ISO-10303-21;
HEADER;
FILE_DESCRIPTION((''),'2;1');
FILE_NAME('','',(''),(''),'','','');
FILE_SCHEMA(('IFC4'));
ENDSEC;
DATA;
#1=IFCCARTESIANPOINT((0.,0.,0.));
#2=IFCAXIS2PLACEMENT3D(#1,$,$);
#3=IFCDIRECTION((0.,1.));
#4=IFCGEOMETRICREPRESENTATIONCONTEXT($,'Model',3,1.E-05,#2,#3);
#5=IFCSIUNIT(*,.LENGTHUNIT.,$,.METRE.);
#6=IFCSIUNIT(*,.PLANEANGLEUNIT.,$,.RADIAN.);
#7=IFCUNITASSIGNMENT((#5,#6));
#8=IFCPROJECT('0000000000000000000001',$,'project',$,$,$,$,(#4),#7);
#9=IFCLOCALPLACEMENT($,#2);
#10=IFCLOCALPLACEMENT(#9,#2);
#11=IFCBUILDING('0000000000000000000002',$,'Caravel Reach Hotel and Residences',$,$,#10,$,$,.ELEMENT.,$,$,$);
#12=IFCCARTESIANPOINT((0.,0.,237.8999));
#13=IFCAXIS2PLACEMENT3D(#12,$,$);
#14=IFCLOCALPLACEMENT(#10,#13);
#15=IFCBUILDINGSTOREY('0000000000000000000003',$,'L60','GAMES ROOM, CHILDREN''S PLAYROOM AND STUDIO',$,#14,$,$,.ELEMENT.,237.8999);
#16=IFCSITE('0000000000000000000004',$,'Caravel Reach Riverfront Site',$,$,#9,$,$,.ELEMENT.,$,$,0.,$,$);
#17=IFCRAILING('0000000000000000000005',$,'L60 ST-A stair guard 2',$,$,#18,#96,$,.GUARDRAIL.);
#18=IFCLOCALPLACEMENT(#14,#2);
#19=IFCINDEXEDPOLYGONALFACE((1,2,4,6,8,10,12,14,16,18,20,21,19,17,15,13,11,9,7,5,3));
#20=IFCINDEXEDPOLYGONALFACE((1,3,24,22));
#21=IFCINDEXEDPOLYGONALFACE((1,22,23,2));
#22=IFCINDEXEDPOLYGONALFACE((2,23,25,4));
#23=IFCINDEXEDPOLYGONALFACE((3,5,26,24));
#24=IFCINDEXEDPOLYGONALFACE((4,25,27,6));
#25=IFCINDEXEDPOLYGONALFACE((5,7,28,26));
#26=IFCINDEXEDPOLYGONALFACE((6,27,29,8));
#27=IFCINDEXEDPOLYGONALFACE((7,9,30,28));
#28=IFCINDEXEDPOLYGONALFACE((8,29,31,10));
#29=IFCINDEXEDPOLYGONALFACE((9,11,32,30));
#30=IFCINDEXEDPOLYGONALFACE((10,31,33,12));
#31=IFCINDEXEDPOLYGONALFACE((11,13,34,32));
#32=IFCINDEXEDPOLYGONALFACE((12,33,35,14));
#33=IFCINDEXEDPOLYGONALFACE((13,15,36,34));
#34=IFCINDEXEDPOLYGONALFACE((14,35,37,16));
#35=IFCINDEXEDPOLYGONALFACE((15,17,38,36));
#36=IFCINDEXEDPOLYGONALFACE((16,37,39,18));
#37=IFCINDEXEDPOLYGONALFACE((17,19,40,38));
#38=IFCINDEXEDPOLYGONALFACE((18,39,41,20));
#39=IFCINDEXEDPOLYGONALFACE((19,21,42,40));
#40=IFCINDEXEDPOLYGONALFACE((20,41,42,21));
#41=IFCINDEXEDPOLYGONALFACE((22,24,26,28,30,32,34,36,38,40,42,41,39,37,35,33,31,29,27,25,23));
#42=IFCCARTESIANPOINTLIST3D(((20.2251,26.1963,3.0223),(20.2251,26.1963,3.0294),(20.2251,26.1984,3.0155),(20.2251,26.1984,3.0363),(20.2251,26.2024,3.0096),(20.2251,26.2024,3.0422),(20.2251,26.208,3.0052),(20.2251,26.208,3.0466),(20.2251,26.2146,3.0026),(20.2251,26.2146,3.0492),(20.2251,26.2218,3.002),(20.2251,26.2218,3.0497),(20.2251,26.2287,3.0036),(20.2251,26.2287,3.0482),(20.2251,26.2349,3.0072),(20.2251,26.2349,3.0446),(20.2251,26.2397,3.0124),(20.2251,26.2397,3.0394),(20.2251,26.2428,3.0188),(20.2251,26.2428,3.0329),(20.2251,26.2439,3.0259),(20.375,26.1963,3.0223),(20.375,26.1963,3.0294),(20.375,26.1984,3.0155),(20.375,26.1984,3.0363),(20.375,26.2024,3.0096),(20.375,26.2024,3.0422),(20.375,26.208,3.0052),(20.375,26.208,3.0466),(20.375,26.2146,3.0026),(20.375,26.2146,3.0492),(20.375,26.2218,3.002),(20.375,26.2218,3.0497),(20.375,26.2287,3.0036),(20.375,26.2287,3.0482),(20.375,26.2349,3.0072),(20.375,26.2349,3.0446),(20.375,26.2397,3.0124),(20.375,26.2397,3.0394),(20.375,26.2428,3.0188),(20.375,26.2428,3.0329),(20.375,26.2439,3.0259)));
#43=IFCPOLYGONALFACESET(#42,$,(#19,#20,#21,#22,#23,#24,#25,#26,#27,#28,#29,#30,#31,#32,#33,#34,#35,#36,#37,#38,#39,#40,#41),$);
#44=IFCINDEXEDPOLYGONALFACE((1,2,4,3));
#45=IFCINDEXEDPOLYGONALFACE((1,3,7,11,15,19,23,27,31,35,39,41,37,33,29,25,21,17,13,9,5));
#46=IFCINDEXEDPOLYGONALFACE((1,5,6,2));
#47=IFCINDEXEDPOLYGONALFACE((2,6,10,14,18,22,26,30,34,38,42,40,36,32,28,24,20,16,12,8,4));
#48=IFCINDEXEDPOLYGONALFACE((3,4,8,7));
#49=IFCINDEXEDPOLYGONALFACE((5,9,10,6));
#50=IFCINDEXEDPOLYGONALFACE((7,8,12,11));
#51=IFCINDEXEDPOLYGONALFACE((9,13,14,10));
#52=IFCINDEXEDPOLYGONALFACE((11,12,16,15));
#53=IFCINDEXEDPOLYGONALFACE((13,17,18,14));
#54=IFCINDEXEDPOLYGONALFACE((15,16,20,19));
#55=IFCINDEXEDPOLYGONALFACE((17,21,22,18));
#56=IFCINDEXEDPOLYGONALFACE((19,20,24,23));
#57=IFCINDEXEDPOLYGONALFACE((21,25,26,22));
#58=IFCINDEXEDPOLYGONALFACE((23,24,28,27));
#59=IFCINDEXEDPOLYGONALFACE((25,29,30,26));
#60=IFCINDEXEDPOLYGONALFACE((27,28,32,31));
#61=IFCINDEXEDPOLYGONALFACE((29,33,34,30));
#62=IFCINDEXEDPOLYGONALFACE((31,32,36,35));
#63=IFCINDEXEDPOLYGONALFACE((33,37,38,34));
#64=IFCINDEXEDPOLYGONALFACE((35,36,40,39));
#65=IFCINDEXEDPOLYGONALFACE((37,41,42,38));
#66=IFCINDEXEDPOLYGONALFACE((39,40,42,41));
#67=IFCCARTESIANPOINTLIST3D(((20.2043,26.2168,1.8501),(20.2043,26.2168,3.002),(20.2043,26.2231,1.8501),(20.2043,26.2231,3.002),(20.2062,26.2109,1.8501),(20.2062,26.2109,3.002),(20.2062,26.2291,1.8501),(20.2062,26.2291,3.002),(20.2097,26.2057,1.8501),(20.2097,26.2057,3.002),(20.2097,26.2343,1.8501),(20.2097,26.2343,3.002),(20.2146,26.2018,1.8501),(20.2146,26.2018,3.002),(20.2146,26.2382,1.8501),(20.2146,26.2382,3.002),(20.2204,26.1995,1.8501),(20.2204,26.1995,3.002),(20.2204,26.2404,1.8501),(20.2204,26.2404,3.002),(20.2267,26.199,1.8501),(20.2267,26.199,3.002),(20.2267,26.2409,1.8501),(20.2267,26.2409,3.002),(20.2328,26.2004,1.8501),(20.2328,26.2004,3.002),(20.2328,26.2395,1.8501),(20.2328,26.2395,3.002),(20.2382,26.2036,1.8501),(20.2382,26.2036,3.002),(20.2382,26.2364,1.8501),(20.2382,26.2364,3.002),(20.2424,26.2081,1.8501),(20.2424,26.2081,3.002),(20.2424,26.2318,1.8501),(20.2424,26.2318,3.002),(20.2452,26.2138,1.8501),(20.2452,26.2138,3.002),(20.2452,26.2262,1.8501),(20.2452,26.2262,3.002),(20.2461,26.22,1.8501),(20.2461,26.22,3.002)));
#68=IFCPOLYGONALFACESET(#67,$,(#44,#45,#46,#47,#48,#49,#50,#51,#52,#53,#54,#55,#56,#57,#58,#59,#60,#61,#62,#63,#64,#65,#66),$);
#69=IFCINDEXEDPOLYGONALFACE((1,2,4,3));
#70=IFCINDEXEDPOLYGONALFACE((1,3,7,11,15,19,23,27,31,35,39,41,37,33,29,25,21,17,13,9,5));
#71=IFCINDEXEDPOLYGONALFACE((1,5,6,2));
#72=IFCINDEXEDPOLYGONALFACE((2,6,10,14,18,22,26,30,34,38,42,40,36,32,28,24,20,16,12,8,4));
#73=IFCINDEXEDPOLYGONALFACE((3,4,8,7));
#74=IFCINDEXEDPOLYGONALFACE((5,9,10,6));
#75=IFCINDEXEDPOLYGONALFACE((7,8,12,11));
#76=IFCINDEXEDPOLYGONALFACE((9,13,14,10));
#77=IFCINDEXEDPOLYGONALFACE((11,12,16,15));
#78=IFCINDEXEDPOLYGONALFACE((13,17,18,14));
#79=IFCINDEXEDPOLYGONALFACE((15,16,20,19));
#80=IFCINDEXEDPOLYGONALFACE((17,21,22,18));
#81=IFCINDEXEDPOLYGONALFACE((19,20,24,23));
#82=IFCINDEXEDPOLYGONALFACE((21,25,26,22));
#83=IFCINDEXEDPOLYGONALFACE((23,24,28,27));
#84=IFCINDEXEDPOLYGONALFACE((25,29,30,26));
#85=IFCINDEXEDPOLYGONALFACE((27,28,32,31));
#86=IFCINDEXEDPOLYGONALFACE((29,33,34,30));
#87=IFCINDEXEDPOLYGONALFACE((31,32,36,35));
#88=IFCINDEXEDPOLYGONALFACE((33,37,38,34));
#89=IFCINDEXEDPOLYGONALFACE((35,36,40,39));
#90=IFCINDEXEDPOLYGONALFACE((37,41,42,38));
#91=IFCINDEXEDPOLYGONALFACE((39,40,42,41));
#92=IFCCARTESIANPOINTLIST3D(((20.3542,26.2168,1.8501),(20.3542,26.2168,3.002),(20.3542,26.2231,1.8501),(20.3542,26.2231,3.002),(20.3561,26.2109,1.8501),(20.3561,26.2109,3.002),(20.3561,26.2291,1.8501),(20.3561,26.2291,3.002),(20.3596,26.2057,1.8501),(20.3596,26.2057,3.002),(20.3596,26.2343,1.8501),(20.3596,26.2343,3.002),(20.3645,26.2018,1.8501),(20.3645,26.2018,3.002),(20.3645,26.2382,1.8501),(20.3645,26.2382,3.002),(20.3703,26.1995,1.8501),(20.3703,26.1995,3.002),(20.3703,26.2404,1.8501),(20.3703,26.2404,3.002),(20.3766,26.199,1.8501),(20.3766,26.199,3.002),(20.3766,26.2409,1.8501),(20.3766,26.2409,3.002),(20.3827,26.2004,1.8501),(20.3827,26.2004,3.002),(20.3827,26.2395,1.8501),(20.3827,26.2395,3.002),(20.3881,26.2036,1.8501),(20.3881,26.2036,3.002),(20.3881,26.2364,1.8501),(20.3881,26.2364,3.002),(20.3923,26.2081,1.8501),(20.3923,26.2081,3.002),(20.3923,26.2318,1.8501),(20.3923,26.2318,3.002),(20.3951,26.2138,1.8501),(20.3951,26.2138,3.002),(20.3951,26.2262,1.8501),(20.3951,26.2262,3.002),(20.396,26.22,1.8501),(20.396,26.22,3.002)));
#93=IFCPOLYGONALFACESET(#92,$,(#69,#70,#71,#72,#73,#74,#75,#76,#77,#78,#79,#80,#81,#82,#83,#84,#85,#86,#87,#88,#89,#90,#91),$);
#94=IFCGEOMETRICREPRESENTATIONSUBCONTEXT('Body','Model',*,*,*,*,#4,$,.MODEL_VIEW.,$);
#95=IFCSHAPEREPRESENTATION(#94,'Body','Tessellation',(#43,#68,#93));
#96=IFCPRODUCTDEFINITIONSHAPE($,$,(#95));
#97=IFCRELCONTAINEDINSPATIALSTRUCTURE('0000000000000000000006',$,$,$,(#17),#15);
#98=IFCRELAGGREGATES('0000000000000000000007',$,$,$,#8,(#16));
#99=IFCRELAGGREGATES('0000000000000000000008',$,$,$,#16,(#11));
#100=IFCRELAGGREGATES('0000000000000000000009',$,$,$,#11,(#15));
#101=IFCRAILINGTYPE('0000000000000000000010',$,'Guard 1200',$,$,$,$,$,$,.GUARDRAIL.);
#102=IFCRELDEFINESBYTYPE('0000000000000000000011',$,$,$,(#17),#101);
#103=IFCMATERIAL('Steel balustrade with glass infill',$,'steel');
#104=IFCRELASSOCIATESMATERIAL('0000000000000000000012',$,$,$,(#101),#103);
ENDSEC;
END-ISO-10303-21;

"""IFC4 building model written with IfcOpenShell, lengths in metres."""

from ifc_helpers import new_model, si_unit, direction, frame, origin, origin_2d, place, context, subcontext, project, spatial, circle, extrude, material, type_object, element, save


model = new_model("IFC4")

# Units and contexts
model_context = context("Model", 3, precision=1e-05, world=origin(), true_north=direction((0.0, 1.0)))
body_context = subcontext(model_context, "Body", "Model", "MODEL_VIEW")
ifc_project = project(units=[si_unit("LENGTHUNIT", "METRE"), si_unit("PLANEANGLEUNIT", "RADIAN")], contexts=[model_context])

# Site, building, storey
site_placement = place(None, origin())
site = spatial("IfcSite", under=ifc_project, at=site_placement, Name="Caravel Reach Riverfront Site", CompositionType="ELEMENT", RefElevation=0.0)
building_placement = place(site_placement, origin())
building = spatial("IfcBuilding", under=site, at=building_placement, Name="Caravel Reach Hotel and Residences", CompositionType="ELEMENT")
storey_placement = place(building_placement, frame((0.0, 0.0, 237.8999)))
storey = spatial("IfcBuildingStorey", under=building, at=storey_placement, Name="L60", Description="GAMES ROOM, CHILDREN'S PLAYROOM AND STUDIO", CompositionType="ELEMENT", Elevation=237.8999)

# Railing
ifc_material_1 = material(Name="Steel balustrade with glass infill", Category="steel")
railing_type = type_object("IfcRailingType", Name="Guard 1200", PredefinedType="GUARDRAIL", material=ifc_material_1)
railing_1_placement = place(storey_placement, frame((20.2251, 26.22, 1.8501)))
element("IfcRailing", 1, at=railing_1_placement, inside=storey, type_object=railing_type, Name="L60 ST-A stair guard 2", PredefinedType="GUARDRAIL", context=body_context, shape_type="SweptSolid", body=[
    extrude(circle(Radius=0.0239, at=origin_2d()), frame((0.0, 0.0, 1.1758), z_axis=(1.0, 0.0, 0.0), x_axis=(0.0, 1.0, 0.0)), (0.0, 0.0, 1.0), 0.1499),
    extrude(circle(Radius=0.021, at=origin_2d()), origin(), (0.0, 0.0, 1.0), 1.1519),
    extrude(circle(Radius=0.021, at=origin_2d()), frame((0.1499, 0.0, 0.0)), (0.0, 0.0, 1.0), 1.1519),
])

save(model, "model.ifc")
